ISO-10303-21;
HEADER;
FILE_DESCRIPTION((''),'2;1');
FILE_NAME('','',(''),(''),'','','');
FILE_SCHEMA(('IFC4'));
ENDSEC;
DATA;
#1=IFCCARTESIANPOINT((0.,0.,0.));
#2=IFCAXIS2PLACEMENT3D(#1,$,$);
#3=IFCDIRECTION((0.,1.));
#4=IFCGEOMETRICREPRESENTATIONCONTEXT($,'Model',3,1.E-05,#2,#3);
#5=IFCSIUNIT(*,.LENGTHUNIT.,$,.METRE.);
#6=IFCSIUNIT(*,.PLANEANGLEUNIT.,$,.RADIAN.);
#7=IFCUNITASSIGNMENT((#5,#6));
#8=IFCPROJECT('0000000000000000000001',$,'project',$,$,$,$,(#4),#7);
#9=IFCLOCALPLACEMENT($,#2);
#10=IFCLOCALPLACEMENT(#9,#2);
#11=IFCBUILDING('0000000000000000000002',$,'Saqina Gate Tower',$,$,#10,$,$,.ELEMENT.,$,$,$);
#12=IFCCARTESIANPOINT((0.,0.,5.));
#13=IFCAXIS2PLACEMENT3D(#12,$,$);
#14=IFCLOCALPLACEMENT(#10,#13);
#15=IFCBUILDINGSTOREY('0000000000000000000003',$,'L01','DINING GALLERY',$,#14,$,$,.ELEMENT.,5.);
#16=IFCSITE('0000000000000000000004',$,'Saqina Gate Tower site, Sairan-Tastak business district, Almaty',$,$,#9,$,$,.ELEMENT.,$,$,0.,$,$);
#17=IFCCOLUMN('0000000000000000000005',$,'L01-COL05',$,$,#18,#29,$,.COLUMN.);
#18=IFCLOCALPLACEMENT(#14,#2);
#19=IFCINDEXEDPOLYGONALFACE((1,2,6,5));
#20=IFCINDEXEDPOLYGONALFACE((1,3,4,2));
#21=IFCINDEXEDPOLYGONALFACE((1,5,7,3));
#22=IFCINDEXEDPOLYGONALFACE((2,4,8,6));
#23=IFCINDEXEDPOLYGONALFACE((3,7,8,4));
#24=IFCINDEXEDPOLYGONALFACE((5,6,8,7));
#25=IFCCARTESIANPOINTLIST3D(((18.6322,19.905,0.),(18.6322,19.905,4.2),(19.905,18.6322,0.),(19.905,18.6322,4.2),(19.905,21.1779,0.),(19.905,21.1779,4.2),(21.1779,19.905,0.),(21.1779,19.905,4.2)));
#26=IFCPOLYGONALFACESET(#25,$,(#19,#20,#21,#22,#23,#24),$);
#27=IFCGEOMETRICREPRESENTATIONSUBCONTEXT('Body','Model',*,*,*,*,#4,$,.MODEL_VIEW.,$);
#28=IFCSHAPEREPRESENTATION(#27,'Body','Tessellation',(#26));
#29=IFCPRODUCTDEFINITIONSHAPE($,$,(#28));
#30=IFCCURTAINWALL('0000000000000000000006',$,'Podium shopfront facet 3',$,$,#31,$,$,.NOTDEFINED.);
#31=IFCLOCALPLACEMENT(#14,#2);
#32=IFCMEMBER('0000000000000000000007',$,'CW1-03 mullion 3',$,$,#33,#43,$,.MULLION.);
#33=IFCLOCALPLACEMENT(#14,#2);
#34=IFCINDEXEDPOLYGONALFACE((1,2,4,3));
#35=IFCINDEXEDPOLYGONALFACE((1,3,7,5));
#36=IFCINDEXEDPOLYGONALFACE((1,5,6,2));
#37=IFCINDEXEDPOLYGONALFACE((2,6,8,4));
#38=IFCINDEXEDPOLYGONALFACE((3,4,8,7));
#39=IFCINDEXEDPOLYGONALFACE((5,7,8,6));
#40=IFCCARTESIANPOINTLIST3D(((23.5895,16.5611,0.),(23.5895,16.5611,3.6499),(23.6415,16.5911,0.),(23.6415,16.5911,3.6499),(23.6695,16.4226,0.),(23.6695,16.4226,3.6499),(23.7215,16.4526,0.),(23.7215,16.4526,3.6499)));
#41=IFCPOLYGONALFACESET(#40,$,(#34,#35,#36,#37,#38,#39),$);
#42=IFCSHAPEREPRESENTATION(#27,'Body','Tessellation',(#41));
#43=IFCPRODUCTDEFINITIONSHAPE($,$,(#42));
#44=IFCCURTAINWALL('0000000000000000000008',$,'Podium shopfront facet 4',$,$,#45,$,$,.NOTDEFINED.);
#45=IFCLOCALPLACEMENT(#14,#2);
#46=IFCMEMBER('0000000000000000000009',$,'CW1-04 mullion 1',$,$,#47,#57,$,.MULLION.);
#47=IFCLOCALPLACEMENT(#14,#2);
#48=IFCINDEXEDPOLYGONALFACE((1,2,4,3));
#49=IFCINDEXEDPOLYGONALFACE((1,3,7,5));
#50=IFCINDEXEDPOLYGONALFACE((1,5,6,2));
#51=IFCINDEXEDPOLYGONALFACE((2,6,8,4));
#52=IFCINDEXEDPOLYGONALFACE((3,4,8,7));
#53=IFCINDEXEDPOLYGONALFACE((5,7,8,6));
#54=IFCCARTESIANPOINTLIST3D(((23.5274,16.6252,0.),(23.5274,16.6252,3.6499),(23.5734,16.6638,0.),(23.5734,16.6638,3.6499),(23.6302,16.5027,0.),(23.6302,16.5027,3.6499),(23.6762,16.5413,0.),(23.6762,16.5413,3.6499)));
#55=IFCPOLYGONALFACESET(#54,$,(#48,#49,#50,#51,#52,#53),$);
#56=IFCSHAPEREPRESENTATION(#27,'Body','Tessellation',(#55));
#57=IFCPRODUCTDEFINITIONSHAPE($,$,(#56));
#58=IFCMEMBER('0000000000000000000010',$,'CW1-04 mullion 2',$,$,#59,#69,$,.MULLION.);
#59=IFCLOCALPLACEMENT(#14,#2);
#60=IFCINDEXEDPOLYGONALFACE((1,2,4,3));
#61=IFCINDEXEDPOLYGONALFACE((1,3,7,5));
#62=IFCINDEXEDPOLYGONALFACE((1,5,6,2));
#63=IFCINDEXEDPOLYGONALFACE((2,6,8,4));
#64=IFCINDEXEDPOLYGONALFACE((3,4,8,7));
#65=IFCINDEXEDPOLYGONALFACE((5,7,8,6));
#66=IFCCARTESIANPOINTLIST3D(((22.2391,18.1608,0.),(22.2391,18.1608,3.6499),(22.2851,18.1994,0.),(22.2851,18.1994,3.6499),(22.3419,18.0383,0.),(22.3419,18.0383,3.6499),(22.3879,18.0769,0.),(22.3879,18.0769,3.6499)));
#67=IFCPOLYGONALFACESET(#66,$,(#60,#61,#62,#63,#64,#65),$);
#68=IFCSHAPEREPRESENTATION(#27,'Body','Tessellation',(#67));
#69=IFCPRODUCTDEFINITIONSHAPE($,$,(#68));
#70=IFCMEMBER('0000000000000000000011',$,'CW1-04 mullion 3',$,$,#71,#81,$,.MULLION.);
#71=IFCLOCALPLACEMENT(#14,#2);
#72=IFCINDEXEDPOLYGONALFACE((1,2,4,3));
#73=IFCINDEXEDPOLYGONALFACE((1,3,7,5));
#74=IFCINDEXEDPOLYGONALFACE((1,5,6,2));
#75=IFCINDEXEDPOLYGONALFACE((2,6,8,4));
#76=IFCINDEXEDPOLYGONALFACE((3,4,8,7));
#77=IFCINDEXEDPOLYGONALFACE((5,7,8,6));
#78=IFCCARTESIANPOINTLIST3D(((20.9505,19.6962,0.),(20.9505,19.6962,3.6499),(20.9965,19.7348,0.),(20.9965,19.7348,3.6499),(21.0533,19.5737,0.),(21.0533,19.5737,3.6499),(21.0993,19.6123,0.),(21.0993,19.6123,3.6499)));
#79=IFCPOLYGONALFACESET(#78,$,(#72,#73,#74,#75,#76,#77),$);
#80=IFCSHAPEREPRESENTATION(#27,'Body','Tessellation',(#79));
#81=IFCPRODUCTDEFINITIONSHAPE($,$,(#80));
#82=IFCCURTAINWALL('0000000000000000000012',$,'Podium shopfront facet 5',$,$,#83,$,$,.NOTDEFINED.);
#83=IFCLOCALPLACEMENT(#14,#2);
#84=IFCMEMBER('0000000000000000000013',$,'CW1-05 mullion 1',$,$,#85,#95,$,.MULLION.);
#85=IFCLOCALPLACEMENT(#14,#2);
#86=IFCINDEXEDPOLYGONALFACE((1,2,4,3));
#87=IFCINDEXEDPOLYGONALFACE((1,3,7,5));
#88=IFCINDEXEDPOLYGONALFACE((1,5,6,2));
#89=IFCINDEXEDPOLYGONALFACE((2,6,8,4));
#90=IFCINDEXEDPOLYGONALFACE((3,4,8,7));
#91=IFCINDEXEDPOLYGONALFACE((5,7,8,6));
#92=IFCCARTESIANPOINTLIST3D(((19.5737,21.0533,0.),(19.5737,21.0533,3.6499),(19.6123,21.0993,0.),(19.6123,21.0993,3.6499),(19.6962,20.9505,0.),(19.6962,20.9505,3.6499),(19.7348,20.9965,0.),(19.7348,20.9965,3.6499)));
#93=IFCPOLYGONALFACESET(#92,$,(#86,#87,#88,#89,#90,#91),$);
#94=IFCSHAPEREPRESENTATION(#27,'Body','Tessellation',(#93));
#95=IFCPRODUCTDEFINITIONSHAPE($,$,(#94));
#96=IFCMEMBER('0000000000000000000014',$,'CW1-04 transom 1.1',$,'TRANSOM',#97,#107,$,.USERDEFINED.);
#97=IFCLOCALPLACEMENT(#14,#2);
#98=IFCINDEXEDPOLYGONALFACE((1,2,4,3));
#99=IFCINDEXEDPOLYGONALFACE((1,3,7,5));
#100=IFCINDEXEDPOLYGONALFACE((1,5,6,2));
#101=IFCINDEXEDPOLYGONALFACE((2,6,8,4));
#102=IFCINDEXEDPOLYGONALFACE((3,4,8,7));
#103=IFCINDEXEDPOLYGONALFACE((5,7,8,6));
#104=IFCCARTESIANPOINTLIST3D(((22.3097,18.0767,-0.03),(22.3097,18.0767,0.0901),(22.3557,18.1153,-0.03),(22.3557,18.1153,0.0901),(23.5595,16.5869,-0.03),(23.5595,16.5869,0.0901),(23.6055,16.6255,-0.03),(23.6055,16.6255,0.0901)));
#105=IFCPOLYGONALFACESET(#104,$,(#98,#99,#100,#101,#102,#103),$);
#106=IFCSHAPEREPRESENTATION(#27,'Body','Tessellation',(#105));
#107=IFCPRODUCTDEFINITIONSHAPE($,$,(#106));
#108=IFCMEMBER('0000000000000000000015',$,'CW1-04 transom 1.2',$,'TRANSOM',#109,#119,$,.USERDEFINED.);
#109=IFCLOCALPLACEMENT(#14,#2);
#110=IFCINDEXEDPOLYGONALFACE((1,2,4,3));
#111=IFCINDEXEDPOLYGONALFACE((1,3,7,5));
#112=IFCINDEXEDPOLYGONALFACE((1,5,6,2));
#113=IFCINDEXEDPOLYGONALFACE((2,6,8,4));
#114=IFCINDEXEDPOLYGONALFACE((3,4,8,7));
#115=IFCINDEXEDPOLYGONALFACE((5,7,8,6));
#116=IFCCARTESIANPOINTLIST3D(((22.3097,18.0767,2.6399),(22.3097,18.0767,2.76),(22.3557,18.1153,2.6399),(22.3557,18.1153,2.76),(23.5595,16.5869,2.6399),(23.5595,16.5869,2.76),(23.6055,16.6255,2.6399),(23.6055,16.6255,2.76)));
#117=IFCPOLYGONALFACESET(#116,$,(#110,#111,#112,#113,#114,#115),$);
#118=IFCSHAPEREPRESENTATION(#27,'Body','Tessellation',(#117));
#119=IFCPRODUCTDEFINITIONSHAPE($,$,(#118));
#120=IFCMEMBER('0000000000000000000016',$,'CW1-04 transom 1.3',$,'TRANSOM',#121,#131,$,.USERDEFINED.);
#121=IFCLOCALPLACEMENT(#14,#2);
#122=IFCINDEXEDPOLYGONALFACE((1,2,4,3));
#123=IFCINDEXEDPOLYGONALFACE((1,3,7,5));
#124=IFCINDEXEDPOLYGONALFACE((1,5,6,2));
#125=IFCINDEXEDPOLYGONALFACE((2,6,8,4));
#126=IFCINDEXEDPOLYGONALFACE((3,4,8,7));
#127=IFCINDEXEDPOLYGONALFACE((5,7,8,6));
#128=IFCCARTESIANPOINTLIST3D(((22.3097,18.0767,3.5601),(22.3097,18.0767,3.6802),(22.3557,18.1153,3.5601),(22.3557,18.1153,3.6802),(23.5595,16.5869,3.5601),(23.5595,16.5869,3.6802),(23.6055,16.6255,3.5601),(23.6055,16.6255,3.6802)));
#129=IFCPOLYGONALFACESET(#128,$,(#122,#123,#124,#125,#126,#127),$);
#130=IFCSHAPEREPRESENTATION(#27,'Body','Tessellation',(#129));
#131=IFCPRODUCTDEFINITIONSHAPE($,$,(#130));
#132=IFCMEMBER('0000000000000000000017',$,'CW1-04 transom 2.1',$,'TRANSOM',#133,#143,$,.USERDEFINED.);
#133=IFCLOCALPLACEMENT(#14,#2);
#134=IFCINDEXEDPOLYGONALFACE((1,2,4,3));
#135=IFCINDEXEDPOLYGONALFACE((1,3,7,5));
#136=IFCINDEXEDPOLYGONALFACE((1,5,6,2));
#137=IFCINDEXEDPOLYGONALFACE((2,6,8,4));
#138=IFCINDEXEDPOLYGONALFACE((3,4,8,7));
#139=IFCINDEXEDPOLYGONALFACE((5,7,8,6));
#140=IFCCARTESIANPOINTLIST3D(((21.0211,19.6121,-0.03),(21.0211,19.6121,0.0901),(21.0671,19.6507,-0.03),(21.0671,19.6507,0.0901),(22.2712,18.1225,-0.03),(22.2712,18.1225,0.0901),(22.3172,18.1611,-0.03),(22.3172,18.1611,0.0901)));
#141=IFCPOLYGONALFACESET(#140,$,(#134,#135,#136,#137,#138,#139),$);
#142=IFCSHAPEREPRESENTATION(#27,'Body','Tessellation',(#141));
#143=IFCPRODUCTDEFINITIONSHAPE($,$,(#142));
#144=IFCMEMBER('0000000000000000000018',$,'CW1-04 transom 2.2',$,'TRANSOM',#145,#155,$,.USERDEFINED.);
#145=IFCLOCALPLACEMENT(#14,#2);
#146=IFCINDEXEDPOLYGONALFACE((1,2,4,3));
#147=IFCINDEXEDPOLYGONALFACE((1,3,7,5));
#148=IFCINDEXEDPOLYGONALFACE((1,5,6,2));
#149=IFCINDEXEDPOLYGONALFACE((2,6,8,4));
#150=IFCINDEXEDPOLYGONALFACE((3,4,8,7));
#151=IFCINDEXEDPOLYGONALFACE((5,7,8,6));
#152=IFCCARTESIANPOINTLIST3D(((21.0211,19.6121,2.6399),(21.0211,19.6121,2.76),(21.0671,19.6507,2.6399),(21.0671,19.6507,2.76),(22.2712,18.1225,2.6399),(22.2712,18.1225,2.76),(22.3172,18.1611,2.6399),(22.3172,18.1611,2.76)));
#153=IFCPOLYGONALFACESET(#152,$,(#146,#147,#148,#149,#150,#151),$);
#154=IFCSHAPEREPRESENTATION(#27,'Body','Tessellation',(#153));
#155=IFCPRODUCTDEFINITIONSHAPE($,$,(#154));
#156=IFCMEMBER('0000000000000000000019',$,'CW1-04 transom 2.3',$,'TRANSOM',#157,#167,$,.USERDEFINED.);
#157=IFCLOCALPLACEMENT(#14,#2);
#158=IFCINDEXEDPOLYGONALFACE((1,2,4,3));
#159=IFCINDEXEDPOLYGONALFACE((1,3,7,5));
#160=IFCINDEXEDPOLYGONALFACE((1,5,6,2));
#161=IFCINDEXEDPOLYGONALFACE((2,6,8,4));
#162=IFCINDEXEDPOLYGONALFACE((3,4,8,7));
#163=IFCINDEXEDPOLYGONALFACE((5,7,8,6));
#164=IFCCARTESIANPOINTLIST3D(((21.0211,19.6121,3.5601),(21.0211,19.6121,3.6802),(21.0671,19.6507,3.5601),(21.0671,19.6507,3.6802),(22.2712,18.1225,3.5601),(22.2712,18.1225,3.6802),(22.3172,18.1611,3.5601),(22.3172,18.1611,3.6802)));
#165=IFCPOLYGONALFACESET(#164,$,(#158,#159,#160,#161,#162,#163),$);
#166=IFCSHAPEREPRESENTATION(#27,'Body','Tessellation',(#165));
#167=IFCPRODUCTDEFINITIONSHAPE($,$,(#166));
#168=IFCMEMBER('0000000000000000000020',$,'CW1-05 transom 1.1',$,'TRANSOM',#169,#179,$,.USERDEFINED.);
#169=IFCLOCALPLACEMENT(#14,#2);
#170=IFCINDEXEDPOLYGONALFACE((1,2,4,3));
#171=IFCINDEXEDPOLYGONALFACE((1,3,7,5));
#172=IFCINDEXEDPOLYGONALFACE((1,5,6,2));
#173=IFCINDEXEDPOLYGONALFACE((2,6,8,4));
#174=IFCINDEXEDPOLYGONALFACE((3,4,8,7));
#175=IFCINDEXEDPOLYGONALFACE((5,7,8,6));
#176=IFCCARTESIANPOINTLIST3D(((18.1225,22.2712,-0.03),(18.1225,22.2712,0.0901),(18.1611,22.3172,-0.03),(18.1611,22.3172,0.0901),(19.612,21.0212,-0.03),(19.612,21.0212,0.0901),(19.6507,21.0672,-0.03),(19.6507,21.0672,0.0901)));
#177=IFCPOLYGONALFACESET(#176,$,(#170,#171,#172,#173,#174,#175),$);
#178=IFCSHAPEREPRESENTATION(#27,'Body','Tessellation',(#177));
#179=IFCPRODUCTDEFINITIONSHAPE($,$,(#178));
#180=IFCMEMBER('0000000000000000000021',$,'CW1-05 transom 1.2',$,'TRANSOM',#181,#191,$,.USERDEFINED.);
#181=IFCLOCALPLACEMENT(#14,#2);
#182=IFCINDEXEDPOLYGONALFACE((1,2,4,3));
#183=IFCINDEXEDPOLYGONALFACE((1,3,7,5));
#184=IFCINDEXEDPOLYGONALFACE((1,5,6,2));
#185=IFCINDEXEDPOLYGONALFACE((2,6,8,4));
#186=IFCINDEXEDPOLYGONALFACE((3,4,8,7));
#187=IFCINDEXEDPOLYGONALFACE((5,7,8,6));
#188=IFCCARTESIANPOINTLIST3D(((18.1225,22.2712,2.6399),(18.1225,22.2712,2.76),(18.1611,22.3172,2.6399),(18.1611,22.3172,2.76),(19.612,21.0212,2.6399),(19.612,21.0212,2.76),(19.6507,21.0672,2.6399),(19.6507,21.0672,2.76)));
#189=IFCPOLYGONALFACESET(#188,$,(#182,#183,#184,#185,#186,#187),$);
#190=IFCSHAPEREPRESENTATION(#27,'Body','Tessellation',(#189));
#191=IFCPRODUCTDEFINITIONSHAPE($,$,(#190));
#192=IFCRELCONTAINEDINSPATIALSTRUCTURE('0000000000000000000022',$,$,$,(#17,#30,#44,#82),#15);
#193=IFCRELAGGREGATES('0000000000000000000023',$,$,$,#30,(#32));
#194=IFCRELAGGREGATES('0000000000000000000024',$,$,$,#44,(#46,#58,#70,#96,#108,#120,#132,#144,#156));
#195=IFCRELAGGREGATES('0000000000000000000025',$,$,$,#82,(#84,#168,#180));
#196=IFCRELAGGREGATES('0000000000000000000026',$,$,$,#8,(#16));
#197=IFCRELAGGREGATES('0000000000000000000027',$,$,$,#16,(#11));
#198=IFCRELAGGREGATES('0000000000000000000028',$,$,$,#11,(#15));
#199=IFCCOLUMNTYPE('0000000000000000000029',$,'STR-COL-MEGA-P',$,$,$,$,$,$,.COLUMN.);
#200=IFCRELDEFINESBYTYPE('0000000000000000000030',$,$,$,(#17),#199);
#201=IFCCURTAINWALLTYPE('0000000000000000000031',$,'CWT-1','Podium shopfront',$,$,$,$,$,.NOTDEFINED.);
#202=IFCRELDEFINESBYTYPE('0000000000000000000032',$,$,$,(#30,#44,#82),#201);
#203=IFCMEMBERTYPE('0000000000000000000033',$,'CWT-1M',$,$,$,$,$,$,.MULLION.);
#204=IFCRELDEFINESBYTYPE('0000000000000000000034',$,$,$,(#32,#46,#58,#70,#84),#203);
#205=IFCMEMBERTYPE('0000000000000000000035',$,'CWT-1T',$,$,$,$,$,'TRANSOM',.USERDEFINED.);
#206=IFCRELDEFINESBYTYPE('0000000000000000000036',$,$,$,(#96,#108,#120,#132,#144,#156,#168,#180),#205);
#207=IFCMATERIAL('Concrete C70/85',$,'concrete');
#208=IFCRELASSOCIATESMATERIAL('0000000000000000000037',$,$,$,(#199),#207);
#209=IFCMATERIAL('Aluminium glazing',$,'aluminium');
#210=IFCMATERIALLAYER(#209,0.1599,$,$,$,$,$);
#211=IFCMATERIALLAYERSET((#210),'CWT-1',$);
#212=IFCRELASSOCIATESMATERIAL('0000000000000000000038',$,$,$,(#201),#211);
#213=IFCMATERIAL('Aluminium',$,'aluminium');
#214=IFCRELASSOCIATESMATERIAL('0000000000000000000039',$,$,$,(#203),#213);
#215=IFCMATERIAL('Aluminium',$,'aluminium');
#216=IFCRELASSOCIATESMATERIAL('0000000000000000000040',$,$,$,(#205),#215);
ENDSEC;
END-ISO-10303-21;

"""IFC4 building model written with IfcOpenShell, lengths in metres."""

from ifc_helpers import new_model, si_unit, direction, frame, origin, origin_2d, place, context, subcontext, project, spatial, rectangle, extrude, material, layer, layer_set, material_profile, profile_set, type_object, element, aggregate, save


model = new_model("IFC4")

# Units and contexts
model_context = context("Model", 3, precision=1e-05, world=origin(), true_north=direction((0.0, 1.0)))
body_context = subcontext(model_context, "Body", "Model", "MODEL_VIEW")
ifc_project = project(units=[si_unit("LENGTHUNIT", "METRE"), si_unit("PLANEANGLEUNIT", "RADIAN")], contexts=[model_context])

# Site, building, storey
site_placement = place(None, origin())
site = spatial("IfcSite", under=ifc_project, at=site_placement, Name="Saqina Gate Tower site, Sairan-Tastak business district, Almaty", CompositionType="ELEMENT", RefElevation=0.0)
building_placement = place(site_placement, origin())
building = spatial("IfcBuilding", under=site, at=building_placement, Name="Saqina Gate Tower", CompositionType="ELEMENT")
storey_placement = place(building_placement, frame((0.0, 0.0, 5.0)))
storey = spatial("IfcBuildingStorey", under=building, at=storey_placement, Name="L01", Description="DINING GALLERY", CompositionType="ELEMENT", Elevation=5.0)

# Column
ifc_material_1 = material(Name="Concrete C70/85", Category="concrete")
ifc_material_profile_1 = material_profile(ifc_material_1, rectangle(XDim=1.8, YDim=1.8, at=origin_2d()), Name="RC 1800x1800")
ifc_profile_set_1 = profile_set([ifc_material_profile_1], Name="Concrete C70/85")
column_type = type_object("IfcColumnType", Name="STR-COL-MEGA-P", PredefinedType="COLUMN", material=ifc_profile_set_1)
column_placement = place(storey_placement, frame((19.905, 19.905, 0.0), z_axis=(0.0, 0.0, 1.0), x_axis=(0.707107, 0.707107, 0.0)))
element("IfcColumn", 1, at=column_placement, inside=storey, type_object=column_type, Name="L01-COL05", PredefinedType="COLUMN", context=body_context, shape_type="SweptSolid", body=[
    extrude(rectangle(XDim=1.8, YDim=1.8, at=origin_2d()), origin(), (0.0, 0.0, 1.0), 4.2),
])

# Curtain wall, member
ifc_material_2 = material(Name="Aluminium glazing", Category="aluminium")
ifc_layer_1 = layer(ifc_material_2, 0.1599)
ifc_layer_set_1 = layer_set([ifc_layer_1], Name="CWT-1")
curtain_wall_type = type_object("IfcCurtainWallType", Name="CWT-1", Description="Podium shopfront", PredefinedType="NOTDEFINED", material=ifc_layer_set_1)
curtain_wall_1_placement = place(storey_placement, origin())
curtain_wall_1 = element("IfcCurtainWall", 2, at=curtain_wall_1_placement, inside=storey, type_object=curtain_wall_type, Name="Podium shopfront facet 3", PredefinedType="NOTDEFINED")
ifc_material_3 = material(Name="Aluminium", Category="aluminium")
ifc_material_profile_2 = material_profile(ifc_material_3, rectangle(XDim=0.0601, YDim=0.1599, at=origin_2d()), Name="Aluminium 60x160")
ifc_profile_set_2 = profile_set([ifc_material_profile_2], Name="Aluminium")
member_type_1 = type_object("IfcMemberType", Name="CWT-1M", PredefinedType="MULLION", material=ifc_profile_set_2)
member_1_placement = place(storey_placement, frame((23.6555, 16.5068, 0.0), z_axis=(0.0, 0.0, 1.0), x_axis=(-0.866017, -0.500014, 0.0)))
member_1 = element("IfcMember", 3, at=member_1_placement, type_object=member_type_1, Name="CW1-03 mullion 3", PredefinedType="MULLION", context=body_context, shape_type="SweptSolid", body=[
    extrude(rectangle(XDim=0.0601, YDim=0.1599, at=origin_2d()), origin(), (0.0, 0.0, 1.0), 3.6499),
])

# Curtain wall, members
curtain_wall_2_placement = place(storey_placement, origin())
curtain_wall_2 = element("IfcCurtainWall", 4, at=curtain_wall_2_placement, inside=storey, type_object=curtain_wall_type, Name="Podium shopfront facet 4", PredefinedType="NOTDEFINED")
member_2_placement = place(storey_placement, frame((23.6018, 16.5833, 0.0), z_axis=(0.0, 0.0, 1.0), x_axis=(-0.766051, -0.642779, 0.0)))
member_2 = element("IfcMember", 5, at=member_2_placement, type_object=member_type_1, Name="CW1-04 mullion 1", PredefinedType="MULLION", context=body_context, shape_type="SweptSolid", body=[
    extrude(rectangle(XDim=0.0601, YDim=0.1599, at=origin_2d()), origin(), (0.0, 0.0, 1.0), 3.6499),
])
member_3_placement = place(storey_placement, frame((22.3135, 18.1189, 0.0), z_axis=(0.0, 0.0, 1.0), x_axis=(-0.766051, -0.642779, 0.0)))
member_3 = element("IfcMember", 6, at=member_3_placement, type_object=member_type_1, Name="CW1-04 mullion 2", PredefinedType="MULLION", context=body_context, shape_type="SweptSolid", body=[
    extrude(rectangle(XDim=0.0601, YDim=0.1599, at=origin_2d()), origin(), (0.0, 0.0, 1.0), 3.6499),
])
member_4_placement = place(storey_placement, frame((21.0249, 19.6543, 0.0), z_axis=(0.0, 0.0, 1.0), x_axis=(-0.766051, -0.642779, 0.0)))
member_4 = element("IfcMember", 7, at=member_4_placement, type_object=member_type_1, Name="CW1-04 mullion 3", PredefinedType="MULLION", context=body_context, shape_type="SweptSolid", body=[
    extrude(rectangle(XDim=0.0601, YDim=0.1599, at=origin_2d()), origin(), (0.0, 0.0, 1.0), 3.6499),
])

# Curtain wall, member
curtain_wall_3_placement = place(storey_placement, origin())
curtain_wall_3 = element("IfcCurtainWall", 8, at=curtain_wall_3_placement, inside=storey, type_object=curtain_wall_type, Name="Podium shopfront facet 5", PredefinedType="NOTDEFINED")
member_5_placement = place(storey_placement, frame((19.6543, 21.0249, 0.0), z_axis=(0.0, 0.0, 1.0), x_axis=(-0.642779, -0.766051, 0.0)))
member_5 = element("IfcMember", 9, at=member_5_placement, type_object=member_type_1, Name="CW1-05 mullion 1", PredefinedType="MULLION", context=body_context, shape_type="SweptSolid", body=[
    extrude(rectangle(XDim=0.0601, YDim=0.1599, at=origin_2d()), origin(), (0.0, 0.0, 1.0), 3.6499),
])

# Members
ifc_material_4 = material(Name="Aluminium", Category="aluminium")
ifc_material_profile_3 = material_profile(ifc_material_4, rectangle(XDim=0.0601, YDim=0.1201, at=origin_2d()), Name="Aluminium 60x120")
ifc_profile_set_3 = profile_set([ifc_material_profile_3], Name="Aluminium")
member_type_2 = type_object("IfcMemberType", Name="CWT-1T", ElementType="TRANSOM", PredefinedType="USERDEFINED", material=ifc_profile_set_3)
member_6_placement = place(storey_placement, frame((23.5825, 16.6062, 0.03), z_axis=(-0.6427, 0.766118, 0.0), x_axis=(-0.766118, -0.6427, 0.0)))
member_6 = element("IfcMember", 10, at=member_6_placement, type_object=member_type_2, Name="CW1-04 transom 1.1", ObjectType="TRANSOM", PredefinedType="USERDEFINED", context=body_context, shape_type="SweptSolid", body=[
    extrude(rectangle(XDim=0.0601, YDim=0.1201, at=origin_2d()), origin(), (0.0, 0.0, 1.0), 1.9446),
])
member_7_placement = place(storey_placement, frame((23.5825, 16.6062, 2.7), z_axis=(-0.6427, 0.766118, 0.0), x_axis=(-0.766118, -0.6427, 0.0)))
member_7 = element("IfcMember", 11, at=member_7_placement, type_object=member_type_2, Name="CW1-04 transom 1.2", ObjectType="TRANSOM", PredefinedType="USERDEFINED", context=body_context, shape_type="SweptSolid", body=[
    extrude(rectangle(XDim=0.0601, YDim=0.1201, at=origin_2d()), origin(), (0.0, 0.0, 1.0), 1.9446),
])
member_8_placement = place(storey_placement, frame((23.5825, 16.6062, 3.6201), z_axis=(-0.6427, 0.766118, 0.0), x_axis=(-0.766118, -0.6427, 0.0)))
member_8 = element("IfcMember", 12, at=member_8_placement, type_object=member_type_2, Name="CW1-04 transom 1.3", ObjectType="TRANSOM", PredefinedType="USERDEFINED", context=body_context, shape_type="SweptSolid", body=[
    extrude(rectangle(XDim=0.0601, YDim=0.1201, at=origin_2d()), origin(), (0.0, 0.0, 1.0), 1.9446),
])
member_9_placement = place(storey_placement, frame((22.2942, 18.1418, 0.03), z_axis=(-0.642836, 0.766004, 0.0), x_axis=(-0.766004, -0.642836, 0.0)))
member_9 = element("IfcMember", 13, at=member_9_placement, type_object=member_type_2, Name="CW1-04 transom 2.1", ObjectType="TRANSOM", PredefinedType="USERDEFINED", context=body_context, shape_type="SweptSolid", body=[
    extrude(rectangle(XDim=0.0601, YDim=0.1201, at=origin_2d()), origin(), (0.0, 0.0, 1.0), 1.9446),
])
member_10_placement = place(storey_placement, frame((22.2942, 18.1418, 2.7), z_axis=(-0.642836, 0.766004, 0.0), x_axis=(-0.766004, -0.642836, 0.0)))
member_10 = element("IfcMember", 14, at=member_10_placement, type_object=member_type_2, Name="CW1-04 transom 2.2", ObjectType="TRANSOM", PredefinedType="USERDEFINED", context=body_context, shape_type="SweptSolid", body=[
    extrude(rectangle(XDim=0.0601, YDim=0.1201, at=origin_2d()), origin(), (0.0, 0.0, 1.0), 1.9446),
])
member_11_placement = place(storey_placement, frame((22.2942, 18.1418, 3.6201), z_axis=(-0.642836, 0.766004, 0.0), x_axis=(-0.766004, -0.642836, 0.0)))
member_11 = element("IfcMember", 15, at=member_11_placement, type_object=member_type_2, Name="CW1-04 transom 2.3", ObjectType="TRANSOM", PredefinedType="USERDEFINED", context=body_context, shape_type="SweptSolid", body=[
    extrude(rectangle(XDim=0.0601, YDim=0.1201, at=origin_2d()), origin(), (0.0, 0.0, 1.0), 1.9446),
])
member_12_placement = place(storey_placement, frame((19.6313, 21.0442, 0.03), z_axis=(-0.766004, 0.642836, 0.0), x_axis=(-0.642836, -0.766004, 0.0)))
member_12 = element("IfcMember", 16, at=member_12_placement, type_object=member_type_2, Name="CW1-05 transom 1.1", ObjectType="TRANSOM", PredefinedType="USERDEFINED", context=body_context, shape_type="SweptSolid", body=[
    extrude(rectangle(XDim=0.0601, YDim=0.1201, at=origin_2d()), origin(), (0.0, 0.0, 1.0), 1.9446),
])
member_13_placement = place(storey_placement, frame((19.6313, 21.0442, 2.7), z_axis=(-0.766004, 0.642836, 0.0), x_axis=(-0.642836, -0.766004, 0.0)))
member_13 = element("IfcMember", 17, at=member_13_placement, type_object=member_type_2, Name="CW1-05 transom 1.2", ObjectType="TRANSOM", PredefinedType="USERDEFINED", context=body_context, shape_type="SweptSolid", body=[
    extrude(rectangle(XDim=0.0601, YDim=0.1201, at=origin_2d()), origin(), (0.0, 0.0, 1.0), 1.9446),
])

aggregate(curtain_wall_1, [member_1])
aggregate(curtain_wall_2, [member_2, member_3, member_4, member_6, member_7, member_8, member_9, member_10, member_11])
aggregate(curtain_wall_3, [member_5, member_12, member_13])

save(model, "model.ifc")
